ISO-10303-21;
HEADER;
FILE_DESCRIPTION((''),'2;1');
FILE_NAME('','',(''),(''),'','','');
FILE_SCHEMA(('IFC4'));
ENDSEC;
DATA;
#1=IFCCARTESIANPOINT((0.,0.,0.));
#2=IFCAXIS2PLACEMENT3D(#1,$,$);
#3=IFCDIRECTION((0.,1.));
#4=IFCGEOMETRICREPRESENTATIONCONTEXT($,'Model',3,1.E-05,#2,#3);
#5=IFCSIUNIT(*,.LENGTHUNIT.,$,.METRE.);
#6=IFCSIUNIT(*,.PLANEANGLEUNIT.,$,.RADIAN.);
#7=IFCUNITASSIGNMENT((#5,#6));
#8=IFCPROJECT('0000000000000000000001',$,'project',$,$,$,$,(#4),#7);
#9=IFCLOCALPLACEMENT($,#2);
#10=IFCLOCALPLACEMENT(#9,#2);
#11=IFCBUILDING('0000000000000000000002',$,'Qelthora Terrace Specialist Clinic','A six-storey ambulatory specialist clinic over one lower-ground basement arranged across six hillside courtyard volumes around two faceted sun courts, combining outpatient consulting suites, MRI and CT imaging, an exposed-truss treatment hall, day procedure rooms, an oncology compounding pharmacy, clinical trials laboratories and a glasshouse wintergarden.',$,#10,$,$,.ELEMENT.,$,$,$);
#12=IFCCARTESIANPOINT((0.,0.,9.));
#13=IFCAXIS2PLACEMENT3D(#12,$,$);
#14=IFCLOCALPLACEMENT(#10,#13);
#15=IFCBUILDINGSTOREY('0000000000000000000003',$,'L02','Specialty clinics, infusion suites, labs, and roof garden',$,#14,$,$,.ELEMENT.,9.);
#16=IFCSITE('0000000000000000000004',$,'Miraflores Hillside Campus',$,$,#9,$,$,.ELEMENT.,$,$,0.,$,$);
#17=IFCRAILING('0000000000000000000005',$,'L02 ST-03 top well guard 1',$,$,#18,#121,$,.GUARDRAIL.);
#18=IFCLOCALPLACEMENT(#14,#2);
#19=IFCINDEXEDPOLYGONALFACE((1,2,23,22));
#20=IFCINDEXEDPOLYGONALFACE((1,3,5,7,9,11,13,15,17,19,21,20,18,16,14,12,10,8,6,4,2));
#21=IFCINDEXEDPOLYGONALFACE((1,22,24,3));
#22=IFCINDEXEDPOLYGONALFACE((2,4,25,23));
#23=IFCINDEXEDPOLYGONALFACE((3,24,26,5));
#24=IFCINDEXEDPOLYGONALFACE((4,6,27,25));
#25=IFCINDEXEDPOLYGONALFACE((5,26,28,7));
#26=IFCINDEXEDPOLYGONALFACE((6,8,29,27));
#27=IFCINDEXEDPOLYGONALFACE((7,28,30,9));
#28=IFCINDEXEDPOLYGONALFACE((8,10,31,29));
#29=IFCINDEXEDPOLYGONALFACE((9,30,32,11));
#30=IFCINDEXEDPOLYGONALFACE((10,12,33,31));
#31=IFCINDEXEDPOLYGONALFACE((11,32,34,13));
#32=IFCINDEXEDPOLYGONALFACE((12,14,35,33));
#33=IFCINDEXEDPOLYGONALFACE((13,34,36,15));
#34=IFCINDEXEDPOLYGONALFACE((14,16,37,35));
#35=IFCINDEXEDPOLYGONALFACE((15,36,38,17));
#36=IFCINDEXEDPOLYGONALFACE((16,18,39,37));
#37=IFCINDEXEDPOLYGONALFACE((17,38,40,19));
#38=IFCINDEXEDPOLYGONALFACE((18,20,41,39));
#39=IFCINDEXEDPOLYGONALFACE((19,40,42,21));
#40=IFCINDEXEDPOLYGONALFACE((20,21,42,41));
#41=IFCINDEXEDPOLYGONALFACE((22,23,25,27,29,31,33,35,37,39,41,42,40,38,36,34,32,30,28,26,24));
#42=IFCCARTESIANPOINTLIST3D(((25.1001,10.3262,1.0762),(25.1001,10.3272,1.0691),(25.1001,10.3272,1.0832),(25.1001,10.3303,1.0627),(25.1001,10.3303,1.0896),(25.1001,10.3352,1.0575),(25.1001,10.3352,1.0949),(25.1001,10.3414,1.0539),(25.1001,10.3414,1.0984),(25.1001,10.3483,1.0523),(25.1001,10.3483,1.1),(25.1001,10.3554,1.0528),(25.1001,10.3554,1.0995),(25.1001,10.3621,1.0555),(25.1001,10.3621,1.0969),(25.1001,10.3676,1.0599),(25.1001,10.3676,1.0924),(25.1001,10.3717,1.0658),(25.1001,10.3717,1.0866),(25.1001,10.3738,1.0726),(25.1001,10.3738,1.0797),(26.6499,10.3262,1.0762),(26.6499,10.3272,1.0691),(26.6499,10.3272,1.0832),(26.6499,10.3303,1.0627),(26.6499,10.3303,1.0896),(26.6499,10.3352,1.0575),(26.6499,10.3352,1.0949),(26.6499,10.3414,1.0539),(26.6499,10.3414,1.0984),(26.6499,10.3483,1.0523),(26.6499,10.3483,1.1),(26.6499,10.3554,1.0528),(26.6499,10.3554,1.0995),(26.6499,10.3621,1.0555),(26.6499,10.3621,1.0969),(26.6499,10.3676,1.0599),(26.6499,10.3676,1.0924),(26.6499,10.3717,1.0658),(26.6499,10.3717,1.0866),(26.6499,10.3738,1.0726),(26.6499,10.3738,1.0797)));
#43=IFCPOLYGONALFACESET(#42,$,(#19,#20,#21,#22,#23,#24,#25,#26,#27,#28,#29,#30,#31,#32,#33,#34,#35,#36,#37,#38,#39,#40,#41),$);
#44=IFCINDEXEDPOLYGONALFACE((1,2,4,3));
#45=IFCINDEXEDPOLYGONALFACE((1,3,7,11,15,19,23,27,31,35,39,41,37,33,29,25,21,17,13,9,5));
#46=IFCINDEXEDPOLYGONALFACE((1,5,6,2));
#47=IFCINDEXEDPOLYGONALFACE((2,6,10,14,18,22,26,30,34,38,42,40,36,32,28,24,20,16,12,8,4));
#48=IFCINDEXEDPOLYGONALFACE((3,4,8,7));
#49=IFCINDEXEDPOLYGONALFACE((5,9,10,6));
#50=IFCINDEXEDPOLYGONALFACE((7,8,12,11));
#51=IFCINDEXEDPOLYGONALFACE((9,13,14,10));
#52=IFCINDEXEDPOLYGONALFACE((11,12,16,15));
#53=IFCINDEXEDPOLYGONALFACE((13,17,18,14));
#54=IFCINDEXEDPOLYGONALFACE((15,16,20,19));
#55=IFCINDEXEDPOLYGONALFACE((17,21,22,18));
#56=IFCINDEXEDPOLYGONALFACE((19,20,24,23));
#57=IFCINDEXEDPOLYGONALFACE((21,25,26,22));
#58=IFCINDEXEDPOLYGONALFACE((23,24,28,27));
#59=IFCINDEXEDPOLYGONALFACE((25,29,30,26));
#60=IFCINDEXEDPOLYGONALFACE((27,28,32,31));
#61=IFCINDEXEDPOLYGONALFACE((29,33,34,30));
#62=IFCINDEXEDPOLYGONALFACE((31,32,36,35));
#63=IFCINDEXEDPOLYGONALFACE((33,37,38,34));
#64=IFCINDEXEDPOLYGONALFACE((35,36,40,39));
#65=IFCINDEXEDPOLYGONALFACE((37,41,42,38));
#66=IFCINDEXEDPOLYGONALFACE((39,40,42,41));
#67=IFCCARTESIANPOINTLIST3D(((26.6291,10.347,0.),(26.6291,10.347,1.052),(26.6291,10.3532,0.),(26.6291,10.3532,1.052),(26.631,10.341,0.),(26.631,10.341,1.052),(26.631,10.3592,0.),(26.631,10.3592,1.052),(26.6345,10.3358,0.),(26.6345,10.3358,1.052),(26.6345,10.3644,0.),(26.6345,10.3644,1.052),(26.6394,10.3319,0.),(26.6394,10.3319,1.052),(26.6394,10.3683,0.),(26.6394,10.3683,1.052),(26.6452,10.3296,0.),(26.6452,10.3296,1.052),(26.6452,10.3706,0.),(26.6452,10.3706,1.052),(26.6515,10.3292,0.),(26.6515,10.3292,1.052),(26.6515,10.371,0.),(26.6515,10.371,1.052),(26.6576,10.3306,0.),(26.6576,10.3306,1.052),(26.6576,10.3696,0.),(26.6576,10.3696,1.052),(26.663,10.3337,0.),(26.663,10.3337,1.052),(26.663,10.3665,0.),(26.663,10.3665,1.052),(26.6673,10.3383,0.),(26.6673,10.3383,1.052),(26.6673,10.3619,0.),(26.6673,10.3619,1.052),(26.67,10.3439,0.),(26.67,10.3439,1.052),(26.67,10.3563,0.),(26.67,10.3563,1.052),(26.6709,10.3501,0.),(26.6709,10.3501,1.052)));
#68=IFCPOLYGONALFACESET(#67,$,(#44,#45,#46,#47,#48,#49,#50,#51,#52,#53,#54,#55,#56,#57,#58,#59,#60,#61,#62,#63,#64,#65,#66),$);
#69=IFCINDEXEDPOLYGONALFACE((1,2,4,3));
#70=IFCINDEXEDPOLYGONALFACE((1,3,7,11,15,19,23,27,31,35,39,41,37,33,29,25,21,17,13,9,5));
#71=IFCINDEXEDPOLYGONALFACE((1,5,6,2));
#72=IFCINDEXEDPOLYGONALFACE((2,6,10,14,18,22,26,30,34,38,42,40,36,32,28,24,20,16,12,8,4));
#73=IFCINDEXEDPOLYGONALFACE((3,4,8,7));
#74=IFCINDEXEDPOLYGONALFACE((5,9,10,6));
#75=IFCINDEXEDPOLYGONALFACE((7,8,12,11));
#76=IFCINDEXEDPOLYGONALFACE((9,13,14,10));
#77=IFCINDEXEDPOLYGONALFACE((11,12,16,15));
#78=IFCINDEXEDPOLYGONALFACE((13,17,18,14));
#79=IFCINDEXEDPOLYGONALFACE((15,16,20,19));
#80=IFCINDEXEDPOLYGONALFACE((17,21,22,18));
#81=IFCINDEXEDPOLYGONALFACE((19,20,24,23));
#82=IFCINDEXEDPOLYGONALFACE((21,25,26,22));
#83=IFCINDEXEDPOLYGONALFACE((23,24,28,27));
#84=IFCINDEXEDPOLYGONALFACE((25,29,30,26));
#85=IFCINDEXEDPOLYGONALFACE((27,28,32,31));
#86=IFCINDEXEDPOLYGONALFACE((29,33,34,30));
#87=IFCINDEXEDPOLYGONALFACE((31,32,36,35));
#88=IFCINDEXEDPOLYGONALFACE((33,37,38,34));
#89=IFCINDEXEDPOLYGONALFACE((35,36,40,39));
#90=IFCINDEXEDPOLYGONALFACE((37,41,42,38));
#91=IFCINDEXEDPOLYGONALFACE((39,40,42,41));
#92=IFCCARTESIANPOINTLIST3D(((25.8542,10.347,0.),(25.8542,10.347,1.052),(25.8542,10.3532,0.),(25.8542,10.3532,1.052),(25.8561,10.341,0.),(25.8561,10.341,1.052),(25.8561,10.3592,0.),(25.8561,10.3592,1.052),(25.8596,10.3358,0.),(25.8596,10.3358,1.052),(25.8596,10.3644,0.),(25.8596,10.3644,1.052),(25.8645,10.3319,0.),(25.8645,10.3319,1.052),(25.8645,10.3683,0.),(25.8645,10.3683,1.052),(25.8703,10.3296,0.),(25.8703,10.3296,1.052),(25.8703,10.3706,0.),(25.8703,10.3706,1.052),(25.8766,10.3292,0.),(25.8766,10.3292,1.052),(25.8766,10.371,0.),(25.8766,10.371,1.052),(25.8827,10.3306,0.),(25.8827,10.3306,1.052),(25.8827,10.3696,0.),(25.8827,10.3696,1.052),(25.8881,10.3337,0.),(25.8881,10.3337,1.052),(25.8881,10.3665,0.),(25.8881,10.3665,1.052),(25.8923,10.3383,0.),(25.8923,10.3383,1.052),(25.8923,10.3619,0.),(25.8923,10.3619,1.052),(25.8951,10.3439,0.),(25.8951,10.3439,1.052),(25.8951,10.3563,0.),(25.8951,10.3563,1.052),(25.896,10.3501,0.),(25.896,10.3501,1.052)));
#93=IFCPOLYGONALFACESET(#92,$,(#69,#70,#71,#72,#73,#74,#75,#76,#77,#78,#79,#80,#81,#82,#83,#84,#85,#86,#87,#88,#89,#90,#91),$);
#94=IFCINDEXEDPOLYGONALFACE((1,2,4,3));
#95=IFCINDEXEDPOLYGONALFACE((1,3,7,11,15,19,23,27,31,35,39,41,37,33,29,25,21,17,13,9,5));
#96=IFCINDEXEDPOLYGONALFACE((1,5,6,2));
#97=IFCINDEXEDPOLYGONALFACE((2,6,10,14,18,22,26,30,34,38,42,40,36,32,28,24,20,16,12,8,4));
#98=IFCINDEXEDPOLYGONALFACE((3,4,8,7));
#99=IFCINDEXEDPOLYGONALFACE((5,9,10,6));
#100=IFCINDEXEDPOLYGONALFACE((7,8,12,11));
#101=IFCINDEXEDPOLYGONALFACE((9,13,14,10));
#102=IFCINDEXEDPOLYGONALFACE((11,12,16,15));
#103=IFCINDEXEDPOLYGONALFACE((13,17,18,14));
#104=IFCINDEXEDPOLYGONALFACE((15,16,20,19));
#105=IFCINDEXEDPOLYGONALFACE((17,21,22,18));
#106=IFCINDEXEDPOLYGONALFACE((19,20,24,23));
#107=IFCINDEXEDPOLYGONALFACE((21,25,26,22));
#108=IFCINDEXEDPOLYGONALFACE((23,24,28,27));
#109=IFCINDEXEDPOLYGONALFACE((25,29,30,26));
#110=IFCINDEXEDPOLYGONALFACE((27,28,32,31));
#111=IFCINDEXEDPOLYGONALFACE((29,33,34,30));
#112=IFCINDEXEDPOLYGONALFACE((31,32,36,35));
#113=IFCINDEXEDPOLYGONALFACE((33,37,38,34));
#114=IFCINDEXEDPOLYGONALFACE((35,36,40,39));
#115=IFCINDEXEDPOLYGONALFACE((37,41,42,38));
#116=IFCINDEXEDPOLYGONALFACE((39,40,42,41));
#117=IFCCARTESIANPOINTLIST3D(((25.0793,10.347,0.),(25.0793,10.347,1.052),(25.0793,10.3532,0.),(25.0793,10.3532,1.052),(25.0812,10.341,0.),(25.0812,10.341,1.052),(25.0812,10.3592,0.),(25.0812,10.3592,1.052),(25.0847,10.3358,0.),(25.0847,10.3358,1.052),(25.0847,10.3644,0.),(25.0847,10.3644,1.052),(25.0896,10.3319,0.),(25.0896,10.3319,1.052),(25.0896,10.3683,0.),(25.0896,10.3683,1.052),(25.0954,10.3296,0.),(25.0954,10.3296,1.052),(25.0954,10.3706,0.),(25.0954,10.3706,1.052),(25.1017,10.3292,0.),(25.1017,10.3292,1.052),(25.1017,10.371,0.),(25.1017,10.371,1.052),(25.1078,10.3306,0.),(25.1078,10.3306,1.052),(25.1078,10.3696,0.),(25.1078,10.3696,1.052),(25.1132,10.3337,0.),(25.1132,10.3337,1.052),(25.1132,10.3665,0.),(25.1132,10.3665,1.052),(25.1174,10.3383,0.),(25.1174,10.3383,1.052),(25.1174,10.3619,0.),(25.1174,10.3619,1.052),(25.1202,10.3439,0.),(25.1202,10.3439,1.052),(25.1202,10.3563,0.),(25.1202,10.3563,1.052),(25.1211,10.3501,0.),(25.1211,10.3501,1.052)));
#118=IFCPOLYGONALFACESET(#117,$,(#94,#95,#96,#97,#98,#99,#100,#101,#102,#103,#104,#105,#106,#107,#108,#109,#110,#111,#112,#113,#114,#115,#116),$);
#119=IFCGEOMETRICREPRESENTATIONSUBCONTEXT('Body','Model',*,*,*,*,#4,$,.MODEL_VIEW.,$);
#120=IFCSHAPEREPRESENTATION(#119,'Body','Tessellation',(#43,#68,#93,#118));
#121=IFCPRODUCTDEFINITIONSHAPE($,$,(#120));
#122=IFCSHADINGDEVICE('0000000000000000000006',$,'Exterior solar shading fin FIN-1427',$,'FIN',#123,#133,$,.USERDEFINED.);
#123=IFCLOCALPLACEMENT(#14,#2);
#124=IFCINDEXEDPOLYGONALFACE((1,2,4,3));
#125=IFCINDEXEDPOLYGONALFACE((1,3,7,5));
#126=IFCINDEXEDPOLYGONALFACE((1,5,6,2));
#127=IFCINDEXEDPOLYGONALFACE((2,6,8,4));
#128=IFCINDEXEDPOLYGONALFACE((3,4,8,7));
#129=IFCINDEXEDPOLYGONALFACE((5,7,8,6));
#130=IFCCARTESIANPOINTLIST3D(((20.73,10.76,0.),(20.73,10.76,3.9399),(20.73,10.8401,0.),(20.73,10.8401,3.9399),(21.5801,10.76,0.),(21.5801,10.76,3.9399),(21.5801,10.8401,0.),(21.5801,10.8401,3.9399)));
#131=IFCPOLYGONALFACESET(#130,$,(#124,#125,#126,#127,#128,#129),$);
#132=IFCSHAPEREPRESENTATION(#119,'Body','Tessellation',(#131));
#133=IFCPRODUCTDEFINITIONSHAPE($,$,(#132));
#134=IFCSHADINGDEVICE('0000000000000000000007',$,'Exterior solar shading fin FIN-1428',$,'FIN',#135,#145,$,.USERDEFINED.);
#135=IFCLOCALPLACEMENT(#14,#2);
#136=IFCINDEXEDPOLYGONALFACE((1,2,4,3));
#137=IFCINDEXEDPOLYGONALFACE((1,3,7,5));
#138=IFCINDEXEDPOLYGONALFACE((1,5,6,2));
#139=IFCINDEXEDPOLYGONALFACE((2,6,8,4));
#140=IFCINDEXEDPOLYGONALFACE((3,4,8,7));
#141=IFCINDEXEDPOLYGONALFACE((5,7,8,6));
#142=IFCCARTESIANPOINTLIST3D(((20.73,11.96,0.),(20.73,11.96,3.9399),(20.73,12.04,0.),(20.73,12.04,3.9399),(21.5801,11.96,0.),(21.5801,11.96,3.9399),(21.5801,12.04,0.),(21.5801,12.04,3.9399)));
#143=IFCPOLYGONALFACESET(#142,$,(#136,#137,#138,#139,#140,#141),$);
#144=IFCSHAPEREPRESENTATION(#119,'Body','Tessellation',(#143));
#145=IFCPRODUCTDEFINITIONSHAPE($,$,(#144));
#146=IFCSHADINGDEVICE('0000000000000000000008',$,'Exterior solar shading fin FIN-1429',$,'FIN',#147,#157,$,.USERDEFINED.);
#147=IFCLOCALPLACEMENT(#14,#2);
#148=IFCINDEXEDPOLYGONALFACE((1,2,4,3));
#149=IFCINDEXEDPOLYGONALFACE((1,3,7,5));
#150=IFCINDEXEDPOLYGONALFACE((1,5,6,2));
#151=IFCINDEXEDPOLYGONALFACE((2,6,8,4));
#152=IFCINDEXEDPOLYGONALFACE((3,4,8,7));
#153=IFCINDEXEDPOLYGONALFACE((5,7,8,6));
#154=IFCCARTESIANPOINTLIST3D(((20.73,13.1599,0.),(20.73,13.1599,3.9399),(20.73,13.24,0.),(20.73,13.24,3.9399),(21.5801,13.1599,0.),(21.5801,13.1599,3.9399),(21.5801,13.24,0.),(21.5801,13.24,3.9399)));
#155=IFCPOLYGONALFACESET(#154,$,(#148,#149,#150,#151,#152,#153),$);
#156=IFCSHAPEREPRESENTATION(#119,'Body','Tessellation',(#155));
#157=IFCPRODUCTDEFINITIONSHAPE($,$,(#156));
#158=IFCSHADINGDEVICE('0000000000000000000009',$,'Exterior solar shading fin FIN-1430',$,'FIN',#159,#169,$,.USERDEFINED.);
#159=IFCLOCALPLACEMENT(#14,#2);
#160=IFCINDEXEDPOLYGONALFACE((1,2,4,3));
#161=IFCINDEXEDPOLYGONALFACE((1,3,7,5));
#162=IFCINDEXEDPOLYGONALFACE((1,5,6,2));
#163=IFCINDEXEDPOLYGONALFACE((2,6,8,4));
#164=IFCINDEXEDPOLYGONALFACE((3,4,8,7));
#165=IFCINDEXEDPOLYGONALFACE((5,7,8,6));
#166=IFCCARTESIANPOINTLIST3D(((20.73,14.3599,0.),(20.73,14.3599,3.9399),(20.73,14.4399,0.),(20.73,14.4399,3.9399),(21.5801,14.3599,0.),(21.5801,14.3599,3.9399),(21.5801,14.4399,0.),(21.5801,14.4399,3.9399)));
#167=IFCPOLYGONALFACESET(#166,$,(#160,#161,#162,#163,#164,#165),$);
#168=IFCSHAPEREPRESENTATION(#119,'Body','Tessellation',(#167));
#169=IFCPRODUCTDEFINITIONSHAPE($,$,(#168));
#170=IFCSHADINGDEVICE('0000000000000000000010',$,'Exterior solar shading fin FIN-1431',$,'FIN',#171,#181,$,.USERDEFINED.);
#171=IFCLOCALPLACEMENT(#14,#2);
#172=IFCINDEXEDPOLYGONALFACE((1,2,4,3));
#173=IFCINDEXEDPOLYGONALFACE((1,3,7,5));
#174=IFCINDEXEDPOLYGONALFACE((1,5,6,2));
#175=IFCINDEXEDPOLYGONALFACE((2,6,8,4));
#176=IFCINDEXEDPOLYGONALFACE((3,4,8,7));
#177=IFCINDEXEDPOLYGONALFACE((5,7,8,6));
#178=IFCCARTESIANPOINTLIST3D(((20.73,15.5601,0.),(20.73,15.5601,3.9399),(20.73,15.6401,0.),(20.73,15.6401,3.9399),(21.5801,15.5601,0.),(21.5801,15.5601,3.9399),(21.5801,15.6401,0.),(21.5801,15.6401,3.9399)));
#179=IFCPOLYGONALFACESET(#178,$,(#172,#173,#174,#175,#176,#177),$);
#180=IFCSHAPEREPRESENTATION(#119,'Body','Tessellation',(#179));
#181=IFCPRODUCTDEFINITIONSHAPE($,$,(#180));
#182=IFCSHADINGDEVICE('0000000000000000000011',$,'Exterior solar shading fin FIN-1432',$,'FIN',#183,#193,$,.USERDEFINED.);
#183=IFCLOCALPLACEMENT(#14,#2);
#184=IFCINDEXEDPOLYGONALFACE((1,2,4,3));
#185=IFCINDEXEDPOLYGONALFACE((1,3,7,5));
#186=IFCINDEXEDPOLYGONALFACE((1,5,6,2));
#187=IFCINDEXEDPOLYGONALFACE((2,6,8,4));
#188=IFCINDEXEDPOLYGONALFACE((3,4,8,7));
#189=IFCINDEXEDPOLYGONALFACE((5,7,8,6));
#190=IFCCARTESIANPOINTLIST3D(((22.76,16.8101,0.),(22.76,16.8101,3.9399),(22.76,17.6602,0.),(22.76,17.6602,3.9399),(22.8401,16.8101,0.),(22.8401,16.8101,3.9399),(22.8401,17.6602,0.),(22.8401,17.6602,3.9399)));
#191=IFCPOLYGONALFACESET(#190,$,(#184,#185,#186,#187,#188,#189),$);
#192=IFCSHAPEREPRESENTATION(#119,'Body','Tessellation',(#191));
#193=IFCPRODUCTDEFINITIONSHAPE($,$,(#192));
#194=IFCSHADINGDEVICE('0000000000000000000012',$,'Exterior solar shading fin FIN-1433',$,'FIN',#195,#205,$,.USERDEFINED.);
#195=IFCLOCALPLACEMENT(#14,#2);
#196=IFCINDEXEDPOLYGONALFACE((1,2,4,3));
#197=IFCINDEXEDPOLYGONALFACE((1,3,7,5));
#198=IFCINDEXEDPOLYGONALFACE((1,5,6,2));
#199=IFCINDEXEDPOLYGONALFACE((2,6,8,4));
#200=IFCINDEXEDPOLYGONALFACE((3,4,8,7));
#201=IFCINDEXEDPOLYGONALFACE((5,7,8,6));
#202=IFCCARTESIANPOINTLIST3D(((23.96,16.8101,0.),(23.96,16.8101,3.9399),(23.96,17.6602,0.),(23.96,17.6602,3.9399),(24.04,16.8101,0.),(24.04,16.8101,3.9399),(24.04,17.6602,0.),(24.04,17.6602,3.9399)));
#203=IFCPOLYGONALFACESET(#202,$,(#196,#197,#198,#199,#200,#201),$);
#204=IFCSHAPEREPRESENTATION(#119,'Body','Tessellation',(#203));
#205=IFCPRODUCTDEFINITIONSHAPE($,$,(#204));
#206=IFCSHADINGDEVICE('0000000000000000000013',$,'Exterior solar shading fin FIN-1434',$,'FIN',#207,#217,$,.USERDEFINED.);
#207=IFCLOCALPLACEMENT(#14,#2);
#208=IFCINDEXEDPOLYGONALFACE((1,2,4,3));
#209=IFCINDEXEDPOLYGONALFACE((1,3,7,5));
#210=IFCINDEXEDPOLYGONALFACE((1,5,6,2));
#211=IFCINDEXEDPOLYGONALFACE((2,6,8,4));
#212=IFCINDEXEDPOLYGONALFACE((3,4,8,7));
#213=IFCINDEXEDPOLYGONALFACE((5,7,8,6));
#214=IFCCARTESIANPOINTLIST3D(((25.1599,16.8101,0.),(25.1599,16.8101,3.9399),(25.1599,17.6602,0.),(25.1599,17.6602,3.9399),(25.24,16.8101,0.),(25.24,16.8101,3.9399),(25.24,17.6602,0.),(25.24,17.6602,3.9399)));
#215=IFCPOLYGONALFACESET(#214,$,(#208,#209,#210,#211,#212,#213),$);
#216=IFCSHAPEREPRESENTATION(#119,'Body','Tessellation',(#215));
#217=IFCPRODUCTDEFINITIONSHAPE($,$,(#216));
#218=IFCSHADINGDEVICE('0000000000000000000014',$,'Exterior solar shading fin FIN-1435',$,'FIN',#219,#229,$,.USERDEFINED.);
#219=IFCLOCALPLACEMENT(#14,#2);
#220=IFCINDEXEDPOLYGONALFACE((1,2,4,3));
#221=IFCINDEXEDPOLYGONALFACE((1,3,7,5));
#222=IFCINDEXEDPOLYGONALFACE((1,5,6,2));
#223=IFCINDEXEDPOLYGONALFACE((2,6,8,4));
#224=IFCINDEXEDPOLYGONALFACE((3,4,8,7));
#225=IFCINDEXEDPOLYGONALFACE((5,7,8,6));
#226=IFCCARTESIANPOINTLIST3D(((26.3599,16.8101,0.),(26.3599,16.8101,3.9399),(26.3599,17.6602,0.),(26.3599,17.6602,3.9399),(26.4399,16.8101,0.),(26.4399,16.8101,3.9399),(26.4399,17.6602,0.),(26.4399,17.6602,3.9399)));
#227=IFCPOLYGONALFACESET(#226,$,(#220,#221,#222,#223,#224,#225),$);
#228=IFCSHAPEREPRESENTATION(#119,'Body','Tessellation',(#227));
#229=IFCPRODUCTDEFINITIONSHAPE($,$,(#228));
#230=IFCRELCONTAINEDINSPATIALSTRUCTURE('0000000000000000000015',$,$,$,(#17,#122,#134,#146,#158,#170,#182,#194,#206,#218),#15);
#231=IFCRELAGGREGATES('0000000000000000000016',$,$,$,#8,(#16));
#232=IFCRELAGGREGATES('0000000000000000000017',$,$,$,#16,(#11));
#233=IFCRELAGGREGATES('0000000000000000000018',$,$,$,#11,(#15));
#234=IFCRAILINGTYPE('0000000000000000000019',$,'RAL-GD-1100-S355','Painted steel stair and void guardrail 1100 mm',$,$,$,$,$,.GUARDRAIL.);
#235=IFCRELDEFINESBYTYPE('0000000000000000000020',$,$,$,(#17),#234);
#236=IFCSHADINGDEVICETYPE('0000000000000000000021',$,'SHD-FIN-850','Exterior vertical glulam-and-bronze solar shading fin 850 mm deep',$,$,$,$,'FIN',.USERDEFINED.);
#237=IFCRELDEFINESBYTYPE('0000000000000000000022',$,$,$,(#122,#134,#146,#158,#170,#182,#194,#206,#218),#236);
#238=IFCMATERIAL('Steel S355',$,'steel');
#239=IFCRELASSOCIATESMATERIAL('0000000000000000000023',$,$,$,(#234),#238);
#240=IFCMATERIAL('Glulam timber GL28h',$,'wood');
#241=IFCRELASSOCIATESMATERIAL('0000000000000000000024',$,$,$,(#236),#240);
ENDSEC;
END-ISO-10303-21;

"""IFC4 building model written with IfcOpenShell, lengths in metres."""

from ifc_helpers import new_model, si_unit, direction, frame, origin, origin_2d, place, context, subcontext, project, spatial, rectangle, circle, extrude, material, type_object, element, save


model = new_model("IFC4")

# Units and contexts
model_context = context("Model", 3, precision=1e-05, world=origin(), true_north=direction((0.0, 1.0)))
body_context = subcontext(model_context, "Body", "Model", "MODEL_VIEW")
ifc_project = project(units=[si_unit("LENGTHUNIT", "METRE"), si_unit("PLANEANGLEUNIT", "RADIAN")], contexts=[model_context])

# Site, building, storey
site_placement = place(None, origin())
site = spatial("IfcSite", under=ifc_project, at=site_placement, Name="Miraflores Hillside Campus", CompositionType="ELEMENT", RefElevation=0.0)
building_placement = place(site_placement, origin())
building = spatial("IfcBuilding", under=site, at=building_placement, Name="Qelthora Terrace Specialist Clinic", Description="A six-storey ambulatory specialist clinic over one lower-ground basement arranged across six hillside courtyard volumes around two faceted sun courts, combining outpatient consulting suites, MRI and CT imaging, an exposed-truss treatment hall, day procedure rooms, an oncology compounding pharmacy, clinical trials laboratories and a glasshouse wintergarden.", CompositionType="ELEMENT")
storey_placement = place(building_placement, frame((0.0, 0.0, 9.0)))
storey = spatial("IfcBuildingStorey", under=building, at=storey_placement, Name="L02", Description="Specialty clinics, infusion suites, labs, and roof garden", CompositionType="ELEMENT", Elevation=9.0)

# Shared definitions
ifc_material_1 = material(Name="Steel S355", Category="steel")

# Railing
railing_type = type_object("IfcRailingType", Name="RAL-GD-1100-S355", Description="Painted steel stair and void guardrail 1100 mm", PredefinedType="GUARDRAIL", material=ifc_material_1)
railing_placement = place(storey_placement, frame((26.6499, 10.3501, 0.0)))
element("IfcRailing", 1, at=railing_placement, inside=storey, type_object=railing_type, Name="L02 ST-03 top well guard 1", PredefinedType="GUARDRAIL", context=body_context, shape_type="SweptSolid", body=[
    extrude(circle(Radius=0.0239, at=origin_2d()), frame((0.0, 0.0, 1.0762), z_axis=(-1.0, 0.0, 0.0), x_axis=(0.0, -1.0, 0.0)), (0.0, 0.0, 1.0), 1.5498),
    extrude(circle(Radius=0.021, at=origin_2d()), origin(), (0.0, 0.0, 1.0), 1.052),
    extrude(circle(Radius=0.021, at=origin_2d()), frame((-0.7749, 0.0, 0.0)), (0.0, 0.0, 1.0), 1.052),
    extrude(circle(Radius=0.021, at=origin_2d()), frame((-1.5498, 0.0, 0.0)), (0.0, 0.0, 1.0), 1.052),
])

# Shading devices
ifc_material_2 = material(Name="Glulam timber GL28h", Category="wood")
shading_device_type = type_object("IfcShadingDeviceType", Name="SHD-FIN-850", Description="Exterior vertical glulam-and-bronze solar shading fin 850 mm deep", ElementType="FIN", PredefinedType="USERDEFINED", material=ifc_material_2)
for number, where, z_axis, x_axis, name in (
    (2, (21.155, 10.8, 0.0), (0.0, 0.0, 1.0), (-1.0, 0.0, 0.0), "Exterior solar shading fin FIN-1427"),
    (3, (21.155, 12.0, 0.0), (0.0, 0.0, 1.0), (-1.0, 0.0, 0.0), "Exterior solar shading fin FIN-1428"),
    (4, (21.155, 13.2, 0.0), (0.0, 0.0, 1.0), (-1.0, 0.0, 0.0), "Exterior solar shading fin FIN-1429"),
    (5, (21.155, 14.3999, 0.0), (0.0, 0.0, 1.0), (-1.0, 0.0, 0.0), "Exterior solar shading fin FIN-1430"),
    (6, (21.155, 15.6001, 0.0), (0.0, 0.0, 1.0), (-1.0, 0.0, 0.0), "Exterior solar shading fin FIN-1431"),
    (7, (22.8, 17.2351, 0.0), (0.0, 0.0, 1.0), (0.0, 1.0, 0.0), "Exterior solar shading fin FIN-1432"),
    (8, (24.0, 17.2351, 0.0), (0.0, 0.0, 1.0), (0.0, 1.0, 0.0), "Exterior solar shading fin FIN-1433"),
    (9, (25.2, 17.2351, 0.0), (0.0, 0.0, 1.0), (0.0, 1.0, 0.0), "Exterior solar shading fin FIN-1434"),
    (10, (26.3999, 17.2351, 0.0), (0.0, 0.0, 1.0), (0.0, 1.0, 0.0), "Exterior solar shading fin FIN-1435"),
):
    element("IfcShadingDevice", number, at=place(storey_placement, frame(where, z_axis=z_axis, x_axis=x_axis)), inside=storey, type_object=shading_device_type, Name=name, ObjectType="FIN", PredefinedType="USERDEFINED", context=body_context, shape_type="SweptSolid", body=[
        extrude(rectangle(XDim=0.8501, YDim=0.0801, at=origin_2d()), origin(), (0.0, 0.0, 1.0), 3.9399),
    ])

save(model, "model.ifc")
